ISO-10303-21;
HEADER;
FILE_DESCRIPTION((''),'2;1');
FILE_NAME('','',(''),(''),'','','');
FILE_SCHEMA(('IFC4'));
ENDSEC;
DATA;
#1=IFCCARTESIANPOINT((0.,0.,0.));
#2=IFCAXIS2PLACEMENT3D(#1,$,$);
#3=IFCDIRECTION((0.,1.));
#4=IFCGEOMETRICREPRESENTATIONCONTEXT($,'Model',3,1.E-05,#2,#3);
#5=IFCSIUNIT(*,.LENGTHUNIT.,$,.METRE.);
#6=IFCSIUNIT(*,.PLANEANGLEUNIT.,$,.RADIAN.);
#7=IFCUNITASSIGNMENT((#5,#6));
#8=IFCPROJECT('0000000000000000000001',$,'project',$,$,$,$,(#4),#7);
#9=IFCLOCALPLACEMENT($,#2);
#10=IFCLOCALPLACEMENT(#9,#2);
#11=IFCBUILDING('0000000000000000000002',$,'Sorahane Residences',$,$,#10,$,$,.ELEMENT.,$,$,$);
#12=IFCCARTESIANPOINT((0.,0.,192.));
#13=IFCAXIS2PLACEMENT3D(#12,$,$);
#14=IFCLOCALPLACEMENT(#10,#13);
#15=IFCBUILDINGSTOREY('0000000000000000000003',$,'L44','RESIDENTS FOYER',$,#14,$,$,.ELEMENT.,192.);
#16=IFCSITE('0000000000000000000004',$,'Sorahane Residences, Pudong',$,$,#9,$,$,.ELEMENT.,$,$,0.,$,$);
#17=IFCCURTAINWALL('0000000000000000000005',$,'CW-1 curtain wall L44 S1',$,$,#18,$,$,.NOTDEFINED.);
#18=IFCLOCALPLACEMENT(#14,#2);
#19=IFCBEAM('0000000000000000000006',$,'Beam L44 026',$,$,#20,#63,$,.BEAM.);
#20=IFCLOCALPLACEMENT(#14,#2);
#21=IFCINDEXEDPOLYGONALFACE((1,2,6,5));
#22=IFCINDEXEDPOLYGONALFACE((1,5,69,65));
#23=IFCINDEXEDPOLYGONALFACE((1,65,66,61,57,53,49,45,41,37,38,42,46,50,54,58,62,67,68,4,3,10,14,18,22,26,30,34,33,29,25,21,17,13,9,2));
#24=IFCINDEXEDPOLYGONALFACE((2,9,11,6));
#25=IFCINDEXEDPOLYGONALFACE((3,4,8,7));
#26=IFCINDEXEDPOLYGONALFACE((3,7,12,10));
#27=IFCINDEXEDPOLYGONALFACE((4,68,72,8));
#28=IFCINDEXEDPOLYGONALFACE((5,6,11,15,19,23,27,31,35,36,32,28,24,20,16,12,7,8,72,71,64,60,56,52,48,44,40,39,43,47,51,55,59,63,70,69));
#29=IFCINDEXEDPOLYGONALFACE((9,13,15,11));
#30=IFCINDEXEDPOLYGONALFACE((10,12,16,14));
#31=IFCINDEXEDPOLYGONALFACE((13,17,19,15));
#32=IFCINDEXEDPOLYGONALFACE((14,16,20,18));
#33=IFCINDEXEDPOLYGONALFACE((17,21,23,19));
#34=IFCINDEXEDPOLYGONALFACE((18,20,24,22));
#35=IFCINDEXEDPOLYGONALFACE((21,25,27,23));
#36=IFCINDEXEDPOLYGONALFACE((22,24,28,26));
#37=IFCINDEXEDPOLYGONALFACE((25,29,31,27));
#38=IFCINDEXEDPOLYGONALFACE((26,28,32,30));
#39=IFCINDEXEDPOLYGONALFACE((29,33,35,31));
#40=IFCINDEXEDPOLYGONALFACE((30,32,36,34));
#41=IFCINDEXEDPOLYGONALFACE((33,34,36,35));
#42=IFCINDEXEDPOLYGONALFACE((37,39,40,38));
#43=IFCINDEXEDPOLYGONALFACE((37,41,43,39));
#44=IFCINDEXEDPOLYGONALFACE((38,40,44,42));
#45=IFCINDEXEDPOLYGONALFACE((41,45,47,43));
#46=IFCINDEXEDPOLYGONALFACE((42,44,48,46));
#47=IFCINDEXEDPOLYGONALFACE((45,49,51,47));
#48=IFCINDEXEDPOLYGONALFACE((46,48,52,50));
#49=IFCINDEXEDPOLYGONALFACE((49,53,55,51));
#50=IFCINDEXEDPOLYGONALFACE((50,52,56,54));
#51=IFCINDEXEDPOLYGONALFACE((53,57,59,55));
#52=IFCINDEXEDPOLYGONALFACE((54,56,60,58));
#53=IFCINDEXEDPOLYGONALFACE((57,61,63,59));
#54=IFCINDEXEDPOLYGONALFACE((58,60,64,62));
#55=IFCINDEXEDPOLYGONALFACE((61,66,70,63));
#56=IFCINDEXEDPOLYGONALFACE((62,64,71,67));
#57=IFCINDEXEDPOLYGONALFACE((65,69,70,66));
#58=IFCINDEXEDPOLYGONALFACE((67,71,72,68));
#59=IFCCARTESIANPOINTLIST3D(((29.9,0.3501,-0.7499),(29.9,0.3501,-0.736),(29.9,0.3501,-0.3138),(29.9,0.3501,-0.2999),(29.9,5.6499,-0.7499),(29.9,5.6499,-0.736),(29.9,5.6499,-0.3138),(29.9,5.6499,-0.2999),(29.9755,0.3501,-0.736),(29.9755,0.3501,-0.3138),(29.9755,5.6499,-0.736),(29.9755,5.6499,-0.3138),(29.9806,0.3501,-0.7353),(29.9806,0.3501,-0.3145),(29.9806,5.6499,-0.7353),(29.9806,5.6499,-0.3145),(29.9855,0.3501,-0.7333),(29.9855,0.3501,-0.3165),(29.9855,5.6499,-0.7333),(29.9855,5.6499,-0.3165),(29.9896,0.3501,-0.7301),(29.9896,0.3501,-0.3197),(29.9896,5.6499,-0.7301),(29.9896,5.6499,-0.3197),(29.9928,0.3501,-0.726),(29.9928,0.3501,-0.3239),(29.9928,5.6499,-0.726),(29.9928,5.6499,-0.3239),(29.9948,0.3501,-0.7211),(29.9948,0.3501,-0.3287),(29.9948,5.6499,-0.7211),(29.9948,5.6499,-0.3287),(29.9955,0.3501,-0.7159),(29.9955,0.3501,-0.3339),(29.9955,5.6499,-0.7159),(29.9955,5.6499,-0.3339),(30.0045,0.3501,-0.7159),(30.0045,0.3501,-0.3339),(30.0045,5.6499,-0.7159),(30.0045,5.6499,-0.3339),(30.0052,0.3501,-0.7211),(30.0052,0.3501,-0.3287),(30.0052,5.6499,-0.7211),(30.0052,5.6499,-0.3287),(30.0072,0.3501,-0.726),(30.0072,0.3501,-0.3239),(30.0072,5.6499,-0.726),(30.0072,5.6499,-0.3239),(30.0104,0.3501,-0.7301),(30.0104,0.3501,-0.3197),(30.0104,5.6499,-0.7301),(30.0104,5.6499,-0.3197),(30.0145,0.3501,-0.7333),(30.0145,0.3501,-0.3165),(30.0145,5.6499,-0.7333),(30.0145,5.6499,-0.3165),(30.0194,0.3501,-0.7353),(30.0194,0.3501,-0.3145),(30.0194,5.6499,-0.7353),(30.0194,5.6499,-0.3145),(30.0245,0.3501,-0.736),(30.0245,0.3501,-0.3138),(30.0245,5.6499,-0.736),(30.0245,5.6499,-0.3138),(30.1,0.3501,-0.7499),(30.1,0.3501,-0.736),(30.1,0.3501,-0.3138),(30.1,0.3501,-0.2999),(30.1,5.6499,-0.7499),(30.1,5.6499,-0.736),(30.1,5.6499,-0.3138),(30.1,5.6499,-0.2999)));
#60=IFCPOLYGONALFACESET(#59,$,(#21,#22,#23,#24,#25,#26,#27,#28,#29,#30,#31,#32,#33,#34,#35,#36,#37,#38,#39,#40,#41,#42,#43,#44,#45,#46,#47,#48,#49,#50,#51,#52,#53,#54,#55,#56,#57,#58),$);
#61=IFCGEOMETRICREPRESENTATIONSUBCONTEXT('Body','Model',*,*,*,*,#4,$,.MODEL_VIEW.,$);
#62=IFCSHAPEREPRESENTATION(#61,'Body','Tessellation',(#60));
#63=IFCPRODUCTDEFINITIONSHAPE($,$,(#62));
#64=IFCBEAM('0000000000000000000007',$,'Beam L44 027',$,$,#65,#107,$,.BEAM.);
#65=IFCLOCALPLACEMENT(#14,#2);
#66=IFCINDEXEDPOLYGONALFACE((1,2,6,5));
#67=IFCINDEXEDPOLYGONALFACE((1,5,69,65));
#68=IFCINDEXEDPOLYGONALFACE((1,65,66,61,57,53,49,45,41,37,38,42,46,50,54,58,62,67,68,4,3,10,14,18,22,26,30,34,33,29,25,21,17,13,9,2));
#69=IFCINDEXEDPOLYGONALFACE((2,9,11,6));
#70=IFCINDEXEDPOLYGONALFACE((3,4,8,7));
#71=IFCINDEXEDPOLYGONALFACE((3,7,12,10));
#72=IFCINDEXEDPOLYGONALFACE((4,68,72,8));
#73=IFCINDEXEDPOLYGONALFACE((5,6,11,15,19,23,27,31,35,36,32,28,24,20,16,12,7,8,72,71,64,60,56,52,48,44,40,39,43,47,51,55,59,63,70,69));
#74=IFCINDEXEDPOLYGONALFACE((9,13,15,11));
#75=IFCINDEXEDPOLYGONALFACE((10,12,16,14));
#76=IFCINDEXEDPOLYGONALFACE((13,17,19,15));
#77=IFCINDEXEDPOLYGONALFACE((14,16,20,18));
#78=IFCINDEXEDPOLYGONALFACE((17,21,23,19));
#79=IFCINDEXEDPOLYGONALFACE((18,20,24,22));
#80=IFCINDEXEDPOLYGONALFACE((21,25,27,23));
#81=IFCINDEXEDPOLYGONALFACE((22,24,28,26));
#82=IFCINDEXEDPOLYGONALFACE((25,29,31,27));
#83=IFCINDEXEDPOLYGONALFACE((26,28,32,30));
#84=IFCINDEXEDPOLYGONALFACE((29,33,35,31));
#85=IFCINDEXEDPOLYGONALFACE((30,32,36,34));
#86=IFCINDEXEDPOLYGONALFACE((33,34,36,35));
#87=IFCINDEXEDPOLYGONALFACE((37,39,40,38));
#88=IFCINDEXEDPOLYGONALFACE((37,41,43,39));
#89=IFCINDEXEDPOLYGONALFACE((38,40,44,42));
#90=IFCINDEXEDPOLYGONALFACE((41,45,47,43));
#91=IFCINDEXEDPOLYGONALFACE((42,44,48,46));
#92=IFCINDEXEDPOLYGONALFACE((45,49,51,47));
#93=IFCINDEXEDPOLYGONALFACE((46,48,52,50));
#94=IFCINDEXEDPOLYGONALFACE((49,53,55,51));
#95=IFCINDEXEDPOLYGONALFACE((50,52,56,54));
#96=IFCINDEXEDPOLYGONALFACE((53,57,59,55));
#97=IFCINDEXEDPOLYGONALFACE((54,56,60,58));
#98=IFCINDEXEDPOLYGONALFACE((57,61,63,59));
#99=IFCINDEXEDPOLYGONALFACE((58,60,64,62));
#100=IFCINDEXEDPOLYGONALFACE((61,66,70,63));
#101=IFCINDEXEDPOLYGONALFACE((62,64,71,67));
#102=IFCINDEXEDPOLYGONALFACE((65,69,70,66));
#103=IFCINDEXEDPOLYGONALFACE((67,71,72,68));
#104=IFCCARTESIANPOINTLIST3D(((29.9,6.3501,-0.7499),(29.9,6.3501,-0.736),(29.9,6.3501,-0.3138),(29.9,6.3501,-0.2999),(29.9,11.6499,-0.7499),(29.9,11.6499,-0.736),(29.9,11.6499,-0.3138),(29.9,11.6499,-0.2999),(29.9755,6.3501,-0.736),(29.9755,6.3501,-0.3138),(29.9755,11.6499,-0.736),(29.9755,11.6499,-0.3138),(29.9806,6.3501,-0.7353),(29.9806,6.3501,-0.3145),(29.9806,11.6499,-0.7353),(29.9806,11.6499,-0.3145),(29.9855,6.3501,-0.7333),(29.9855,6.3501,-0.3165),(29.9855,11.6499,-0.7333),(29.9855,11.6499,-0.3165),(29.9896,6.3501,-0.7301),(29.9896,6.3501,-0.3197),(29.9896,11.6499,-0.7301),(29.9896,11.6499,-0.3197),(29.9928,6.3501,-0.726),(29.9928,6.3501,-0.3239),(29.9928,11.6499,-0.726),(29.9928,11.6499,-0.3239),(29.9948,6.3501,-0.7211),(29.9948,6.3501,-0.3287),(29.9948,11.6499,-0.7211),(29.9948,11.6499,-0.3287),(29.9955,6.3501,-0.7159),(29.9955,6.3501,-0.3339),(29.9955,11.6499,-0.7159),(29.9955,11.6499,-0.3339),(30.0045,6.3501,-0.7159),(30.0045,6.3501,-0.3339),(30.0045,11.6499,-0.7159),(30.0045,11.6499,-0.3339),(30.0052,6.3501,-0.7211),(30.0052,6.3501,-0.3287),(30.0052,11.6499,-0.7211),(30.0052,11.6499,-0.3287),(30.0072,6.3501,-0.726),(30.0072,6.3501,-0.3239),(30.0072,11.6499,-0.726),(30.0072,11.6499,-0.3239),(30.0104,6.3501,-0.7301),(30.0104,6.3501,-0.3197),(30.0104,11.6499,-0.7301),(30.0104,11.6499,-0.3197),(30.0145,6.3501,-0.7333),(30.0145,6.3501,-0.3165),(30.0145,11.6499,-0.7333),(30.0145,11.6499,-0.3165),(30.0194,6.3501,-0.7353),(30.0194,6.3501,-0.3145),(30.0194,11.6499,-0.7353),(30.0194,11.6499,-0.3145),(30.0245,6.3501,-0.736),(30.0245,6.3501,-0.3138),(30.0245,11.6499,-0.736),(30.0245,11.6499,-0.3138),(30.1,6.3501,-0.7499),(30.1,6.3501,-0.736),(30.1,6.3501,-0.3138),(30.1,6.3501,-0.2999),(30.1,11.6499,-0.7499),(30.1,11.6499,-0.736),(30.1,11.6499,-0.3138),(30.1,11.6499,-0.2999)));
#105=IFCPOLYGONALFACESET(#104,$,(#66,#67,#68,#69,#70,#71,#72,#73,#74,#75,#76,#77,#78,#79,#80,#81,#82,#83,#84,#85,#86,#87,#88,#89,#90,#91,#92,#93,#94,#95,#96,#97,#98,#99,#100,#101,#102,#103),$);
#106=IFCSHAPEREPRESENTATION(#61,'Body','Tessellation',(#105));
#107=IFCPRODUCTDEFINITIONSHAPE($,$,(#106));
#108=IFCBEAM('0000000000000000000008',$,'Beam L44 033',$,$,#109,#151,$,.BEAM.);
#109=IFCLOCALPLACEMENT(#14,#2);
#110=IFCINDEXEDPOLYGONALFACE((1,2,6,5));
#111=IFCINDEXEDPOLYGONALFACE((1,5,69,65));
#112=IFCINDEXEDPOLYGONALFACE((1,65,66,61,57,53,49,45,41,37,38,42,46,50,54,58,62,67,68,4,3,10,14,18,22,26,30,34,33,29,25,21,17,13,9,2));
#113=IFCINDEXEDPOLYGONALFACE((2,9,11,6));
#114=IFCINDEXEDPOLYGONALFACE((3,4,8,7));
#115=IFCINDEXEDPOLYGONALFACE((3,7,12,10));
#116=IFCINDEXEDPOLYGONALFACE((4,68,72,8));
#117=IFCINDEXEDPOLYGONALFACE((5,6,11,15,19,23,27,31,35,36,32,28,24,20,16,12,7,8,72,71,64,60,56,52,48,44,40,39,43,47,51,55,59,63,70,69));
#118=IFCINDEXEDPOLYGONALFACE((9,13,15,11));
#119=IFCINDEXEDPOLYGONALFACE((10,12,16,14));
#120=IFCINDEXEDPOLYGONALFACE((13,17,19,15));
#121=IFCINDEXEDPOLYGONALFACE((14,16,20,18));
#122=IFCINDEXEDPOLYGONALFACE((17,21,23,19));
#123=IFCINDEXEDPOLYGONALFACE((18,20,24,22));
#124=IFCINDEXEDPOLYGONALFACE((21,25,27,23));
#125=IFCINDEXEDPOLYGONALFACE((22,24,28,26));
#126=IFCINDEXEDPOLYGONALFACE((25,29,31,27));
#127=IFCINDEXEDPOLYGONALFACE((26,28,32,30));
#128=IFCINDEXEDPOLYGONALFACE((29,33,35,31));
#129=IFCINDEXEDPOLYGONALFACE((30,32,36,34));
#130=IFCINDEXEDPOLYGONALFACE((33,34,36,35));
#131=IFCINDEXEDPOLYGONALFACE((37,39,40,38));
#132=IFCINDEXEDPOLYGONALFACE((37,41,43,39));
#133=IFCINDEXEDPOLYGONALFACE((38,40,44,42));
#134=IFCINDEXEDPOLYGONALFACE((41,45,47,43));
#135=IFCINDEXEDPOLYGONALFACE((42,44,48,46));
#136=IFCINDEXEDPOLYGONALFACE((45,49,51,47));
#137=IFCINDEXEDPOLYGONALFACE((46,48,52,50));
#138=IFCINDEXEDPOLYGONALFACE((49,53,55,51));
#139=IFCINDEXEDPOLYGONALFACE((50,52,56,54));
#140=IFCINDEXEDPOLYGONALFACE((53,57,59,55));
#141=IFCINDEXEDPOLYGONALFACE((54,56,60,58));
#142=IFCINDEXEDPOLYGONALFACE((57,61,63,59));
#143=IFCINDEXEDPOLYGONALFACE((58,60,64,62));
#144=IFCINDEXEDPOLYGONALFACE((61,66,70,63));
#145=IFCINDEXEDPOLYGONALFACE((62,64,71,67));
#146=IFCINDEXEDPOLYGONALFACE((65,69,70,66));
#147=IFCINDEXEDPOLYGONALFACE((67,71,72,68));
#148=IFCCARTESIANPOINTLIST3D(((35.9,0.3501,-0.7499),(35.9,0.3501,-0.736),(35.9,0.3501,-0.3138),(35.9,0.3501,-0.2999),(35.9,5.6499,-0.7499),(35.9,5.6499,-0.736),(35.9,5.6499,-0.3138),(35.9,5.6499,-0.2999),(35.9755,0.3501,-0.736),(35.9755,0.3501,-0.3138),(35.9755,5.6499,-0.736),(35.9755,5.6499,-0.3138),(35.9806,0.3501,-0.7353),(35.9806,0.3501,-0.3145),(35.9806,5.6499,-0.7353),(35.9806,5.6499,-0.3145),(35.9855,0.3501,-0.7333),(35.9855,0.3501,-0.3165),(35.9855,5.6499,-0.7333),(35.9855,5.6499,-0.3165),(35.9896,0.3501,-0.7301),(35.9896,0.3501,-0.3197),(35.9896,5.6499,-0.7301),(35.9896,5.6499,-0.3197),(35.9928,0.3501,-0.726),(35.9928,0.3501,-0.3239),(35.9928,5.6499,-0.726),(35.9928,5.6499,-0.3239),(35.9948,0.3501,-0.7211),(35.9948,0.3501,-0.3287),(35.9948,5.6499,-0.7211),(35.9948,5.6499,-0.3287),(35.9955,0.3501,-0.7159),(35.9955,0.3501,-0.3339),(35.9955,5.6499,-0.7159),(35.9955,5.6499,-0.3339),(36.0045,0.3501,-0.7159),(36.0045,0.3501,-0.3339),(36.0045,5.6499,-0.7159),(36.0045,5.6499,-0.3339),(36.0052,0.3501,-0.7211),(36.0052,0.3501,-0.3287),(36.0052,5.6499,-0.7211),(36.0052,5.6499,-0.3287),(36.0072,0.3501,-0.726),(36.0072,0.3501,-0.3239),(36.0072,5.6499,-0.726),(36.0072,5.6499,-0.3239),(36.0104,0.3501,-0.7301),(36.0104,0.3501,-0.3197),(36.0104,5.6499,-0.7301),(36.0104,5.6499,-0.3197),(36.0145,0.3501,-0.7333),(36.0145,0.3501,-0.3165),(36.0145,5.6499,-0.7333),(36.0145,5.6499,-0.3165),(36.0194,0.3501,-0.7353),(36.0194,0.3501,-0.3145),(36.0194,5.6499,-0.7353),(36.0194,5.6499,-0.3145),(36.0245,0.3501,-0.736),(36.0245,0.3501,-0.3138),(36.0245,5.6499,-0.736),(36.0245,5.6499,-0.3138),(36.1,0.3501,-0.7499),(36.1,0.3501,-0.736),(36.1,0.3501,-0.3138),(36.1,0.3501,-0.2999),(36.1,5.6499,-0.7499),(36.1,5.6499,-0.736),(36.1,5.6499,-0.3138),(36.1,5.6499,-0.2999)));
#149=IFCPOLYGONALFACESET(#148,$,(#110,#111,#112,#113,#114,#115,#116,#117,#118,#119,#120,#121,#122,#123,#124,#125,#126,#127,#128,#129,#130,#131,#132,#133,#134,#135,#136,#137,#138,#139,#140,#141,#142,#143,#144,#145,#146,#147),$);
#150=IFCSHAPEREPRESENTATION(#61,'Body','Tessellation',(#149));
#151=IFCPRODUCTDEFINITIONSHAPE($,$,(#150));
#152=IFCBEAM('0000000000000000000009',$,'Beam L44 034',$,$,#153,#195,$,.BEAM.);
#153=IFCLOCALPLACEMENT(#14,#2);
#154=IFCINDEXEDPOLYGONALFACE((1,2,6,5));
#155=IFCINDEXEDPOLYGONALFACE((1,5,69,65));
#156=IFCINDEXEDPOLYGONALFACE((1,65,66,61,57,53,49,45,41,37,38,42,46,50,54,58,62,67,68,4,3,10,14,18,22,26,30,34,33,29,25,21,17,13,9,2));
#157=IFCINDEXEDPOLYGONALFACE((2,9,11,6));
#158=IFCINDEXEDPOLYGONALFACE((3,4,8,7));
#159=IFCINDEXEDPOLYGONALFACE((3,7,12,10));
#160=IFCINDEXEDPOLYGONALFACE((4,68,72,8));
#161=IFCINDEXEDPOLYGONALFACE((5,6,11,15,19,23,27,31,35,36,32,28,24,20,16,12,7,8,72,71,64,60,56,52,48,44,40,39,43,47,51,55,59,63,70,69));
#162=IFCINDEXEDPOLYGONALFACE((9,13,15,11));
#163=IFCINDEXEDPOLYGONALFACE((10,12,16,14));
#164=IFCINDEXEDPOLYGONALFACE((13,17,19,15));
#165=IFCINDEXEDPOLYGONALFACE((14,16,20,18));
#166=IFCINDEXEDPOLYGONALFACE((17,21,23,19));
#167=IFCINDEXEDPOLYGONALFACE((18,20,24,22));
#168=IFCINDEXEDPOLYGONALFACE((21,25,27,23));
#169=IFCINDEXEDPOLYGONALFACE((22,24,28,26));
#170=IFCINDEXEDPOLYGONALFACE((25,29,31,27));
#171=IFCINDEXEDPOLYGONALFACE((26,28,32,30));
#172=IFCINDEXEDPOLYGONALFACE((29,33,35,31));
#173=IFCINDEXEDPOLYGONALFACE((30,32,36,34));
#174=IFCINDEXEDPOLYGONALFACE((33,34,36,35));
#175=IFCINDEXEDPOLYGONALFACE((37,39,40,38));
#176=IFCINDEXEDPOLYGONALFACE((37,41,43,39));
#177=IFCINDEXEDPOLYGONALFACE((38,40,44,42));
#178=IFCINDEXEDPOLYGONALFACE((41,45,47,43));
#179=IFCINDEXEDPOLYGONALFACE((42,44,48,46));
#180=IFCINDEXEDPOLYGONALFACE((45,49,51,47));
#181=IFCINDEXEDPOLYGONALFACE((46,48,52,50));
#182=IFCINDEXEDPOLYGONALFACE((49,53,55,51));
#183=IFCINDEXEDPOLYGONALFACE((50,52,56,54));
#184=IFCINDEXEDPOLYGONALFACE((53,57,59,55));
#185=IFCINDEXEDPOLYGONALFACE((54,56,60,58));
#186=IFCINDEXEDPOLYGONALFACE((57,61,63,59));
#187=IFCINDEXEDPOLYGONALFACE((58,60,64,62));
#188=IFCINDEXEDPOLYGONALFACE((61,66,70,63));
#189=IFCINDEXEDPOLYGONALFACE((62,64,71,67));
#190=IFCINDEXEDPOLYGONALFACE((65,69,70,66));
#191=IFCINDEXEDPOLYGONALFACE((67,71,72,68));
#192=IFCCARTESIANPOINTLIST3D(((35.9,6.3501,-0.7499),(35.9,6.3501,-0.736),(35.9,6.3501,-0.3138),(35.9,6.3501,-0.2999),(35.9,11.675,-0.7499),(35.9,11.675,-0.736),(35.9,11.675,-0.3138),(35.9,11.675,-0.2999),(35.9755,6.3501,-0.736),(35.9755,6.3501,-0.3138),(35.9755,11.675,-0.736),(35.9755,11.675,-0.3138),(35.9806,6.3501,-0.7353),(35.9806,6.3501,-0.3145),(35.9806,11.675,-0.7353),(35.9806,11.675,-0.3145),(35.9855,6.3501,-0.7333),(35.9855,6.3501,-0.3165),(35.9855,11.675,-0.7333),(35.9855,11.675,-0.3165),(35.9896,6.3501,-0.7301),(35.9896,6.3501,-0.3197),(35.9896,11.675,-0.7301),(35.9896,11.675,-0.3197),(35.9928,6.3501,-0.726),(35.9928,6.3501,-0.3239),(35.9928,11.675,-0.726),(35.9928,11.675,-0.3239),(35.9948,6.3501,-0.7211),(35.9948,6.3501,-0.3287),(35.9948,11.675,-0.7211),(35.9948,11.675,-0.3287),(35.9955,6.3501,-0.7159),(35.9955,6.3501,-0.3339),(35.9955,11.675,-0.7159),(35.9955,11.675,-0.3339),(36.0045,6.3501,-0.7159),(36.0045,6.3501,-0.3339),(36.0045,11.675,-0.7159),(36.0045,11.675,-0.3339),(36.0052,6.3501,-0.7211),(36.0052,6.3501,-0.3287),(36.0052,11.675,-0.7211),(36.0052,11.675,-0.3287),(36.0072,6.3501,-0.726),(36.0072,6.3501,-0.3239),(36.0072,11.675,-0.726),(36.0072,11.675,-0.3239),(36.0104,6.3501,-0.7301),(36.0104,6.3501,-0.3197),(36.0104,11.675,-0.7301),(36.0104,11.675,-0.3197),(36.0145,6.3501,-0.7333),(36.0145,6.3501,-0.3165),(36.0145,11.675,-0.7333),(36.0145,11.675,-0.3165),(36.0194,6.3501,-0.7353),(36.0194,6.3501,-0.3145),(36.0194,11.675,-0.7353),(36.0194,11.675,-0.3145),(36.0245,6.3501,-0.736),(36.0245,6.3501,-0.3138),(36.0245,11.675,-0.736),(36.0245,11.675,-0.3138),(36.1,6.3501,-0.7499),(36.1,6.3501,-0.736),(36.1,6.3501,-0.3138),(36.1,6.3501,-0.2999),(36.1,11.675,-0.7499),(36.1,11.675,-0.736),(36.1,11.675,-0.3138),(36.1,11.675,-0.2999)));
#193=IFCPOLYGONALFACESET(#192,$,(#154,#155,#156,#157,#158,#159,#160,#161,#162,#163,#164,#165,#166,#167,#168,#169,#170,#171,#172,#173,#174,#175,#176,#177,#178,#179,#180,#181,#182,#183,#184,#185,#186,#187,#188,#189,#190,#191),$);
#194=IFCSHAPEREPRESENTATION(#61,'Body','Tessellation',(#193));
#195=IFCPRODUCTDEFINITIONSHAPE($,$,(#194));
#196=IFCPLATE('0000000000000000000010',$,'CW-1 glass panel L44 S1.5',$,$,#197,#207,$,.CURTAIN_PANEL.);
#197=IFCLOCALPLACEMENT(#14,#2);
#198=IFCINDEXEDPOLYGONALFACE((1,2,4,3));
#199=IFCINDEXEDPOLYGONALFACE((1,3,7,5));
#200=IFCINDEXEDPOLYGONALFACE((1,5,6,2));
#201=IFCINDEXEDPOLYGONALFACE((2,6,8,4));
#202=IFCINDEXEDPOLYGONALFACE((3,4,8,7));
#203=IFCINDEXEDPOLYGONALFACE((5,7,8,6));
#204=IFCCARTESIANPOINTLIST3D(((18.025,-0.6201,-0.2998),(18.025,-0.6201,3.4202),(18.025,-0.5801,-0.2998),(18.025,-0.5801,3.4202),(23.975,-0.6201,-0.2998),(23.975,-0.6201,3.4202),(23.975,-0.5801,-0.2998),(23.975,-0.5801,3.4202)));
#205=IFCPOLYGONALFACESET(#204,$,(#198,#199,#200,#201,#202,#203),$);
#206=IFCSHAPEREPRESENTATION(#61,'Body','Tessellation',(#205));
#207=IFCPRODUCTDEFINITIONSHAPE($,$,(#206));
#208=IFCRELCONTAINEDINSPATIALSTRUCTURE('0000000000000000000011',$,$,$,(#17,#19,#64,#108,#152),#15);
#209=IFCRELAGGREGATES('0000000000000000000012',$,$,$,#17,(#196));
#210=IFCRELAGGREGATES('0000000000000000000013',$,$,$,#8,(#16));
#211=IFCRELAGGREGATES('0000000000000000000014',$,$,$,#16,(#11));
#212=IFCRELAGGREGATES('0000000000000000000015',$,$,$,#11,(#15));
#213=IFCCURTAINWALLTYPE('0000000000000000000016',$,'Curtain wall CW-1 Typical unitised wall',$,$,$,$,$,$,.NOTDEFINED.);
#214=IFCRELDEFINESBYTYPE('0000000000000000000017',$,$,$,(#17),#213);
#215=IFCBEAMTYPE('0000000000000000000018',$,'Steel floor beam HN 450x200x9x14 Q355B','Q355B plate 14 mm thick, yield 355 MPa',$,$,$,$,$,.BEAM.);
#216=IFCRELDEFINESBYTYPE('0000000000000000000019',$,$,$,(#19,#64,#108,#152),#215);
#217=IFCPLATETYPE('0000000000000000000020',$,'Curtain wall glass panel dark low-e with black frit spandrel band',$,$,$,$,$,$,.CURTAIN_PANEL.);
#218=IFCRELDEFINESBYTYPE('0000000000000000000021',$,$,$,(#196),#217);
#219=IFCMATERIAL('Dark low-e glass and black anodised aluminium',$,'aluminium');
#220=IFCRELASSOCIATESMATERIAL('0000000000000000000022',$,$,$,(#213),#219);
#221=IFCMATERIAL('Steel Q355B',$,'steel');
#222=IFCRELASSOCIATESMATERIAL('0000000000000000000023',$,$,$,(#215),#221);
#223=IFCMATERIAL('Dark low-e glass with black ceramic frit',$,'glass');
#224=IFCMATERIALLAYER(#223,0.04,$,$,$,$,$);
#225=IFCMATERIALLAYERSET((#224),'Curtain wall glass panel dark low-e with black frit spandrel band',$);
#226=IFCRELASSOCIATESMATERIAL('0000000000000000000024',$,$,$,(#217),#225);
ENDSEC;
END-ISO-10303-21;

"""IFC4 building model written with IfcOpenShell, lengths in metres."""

from ifc_helpers import new_model, si_unit, direction, frame, origin, origin_2d, place, context, subcontext, project, spatial, rectangle, i_section, extrude, material, layer, layer_set, material_profile, profile_set, type_object, element, aggregate, save


model = new_model("IFC4")

# Units and contexts
model_context = context("Model", 3, precision=1e-05, world=origin(), true_north=direction((0.0, 1.0)))
body_context = subcontext(model_context, "Body", "Model", "MODEL_VIEW")
ifc_project = project(units=[si_unit("LENGTHUNIT", "METRE"), si_unit("PLANEANGLEUNIT", "RADIAN")], contexts=[model_context])

# Site, building, storey
site_placement = place(None, origin())
site = spatial("IfcSite", under=ifc_project, at=site_placement, Name="Sorahane Residences, Pudong", CompositionType="ELEMENT", RefElevation=0.0)
building_placement = place(site_placement, origin())
building = spatial("IfcBuilding", under=site, at=building_placement, Name="Sorahane Residences", CompositionType="ELEMENT")
storey_placement = place(building_placement, frame((0.0, 0.0, 192.0)))
storey = spatial("IfcBuildingStorey", under=building, at=storey_placement, Name="L44", Description="RESIDENTS FOYER", CompositionType="ELEMENT", Elevation=192.0)

# Curtain wall
ifc_material_1 = material(Name="Dark low-e glass and black anodised aluminium", Category="aluminium")
curtain_wall_type = type_object("IfcCurtainWallType", Name="Curtain wall CW-1 Typical unitised wall", PredefinedType="NOTDEFINED", material=ifc_material_1)
curtain_wall_placement = place(storey_placement, origin())
curtain_wall = element("IfcCurtainWall", 1, at=curtain_wall_placement, inside=storey, type_object=curtain_wall_type, Name="CW-1 curtain wall L44 S1", PredefinedType="NOTDEFINED")

# Beams
ifc_material_2 = material(Name="Steel Q355B", Category="steel")
ifc_material_profile_1 = material_profile(ifc_material_2, i_section(OverallWidth=0.2, OverallDepth=0.45, WebThickness=0.009, FlangeThickness=0.0139, FilletRadius=0.02, at=origin_2d()), Name="HN 450x200x9x14")
ifc_profile_set_1 = profile_set([ifc_material_profile_1], Name="Steel Q355B")
beam_type = type_object("IfcBeamType", Name="Steel floor beam HN 450x200x9x14 Q355B", Description="Q355B plate 14 mm thick, yield 355 MPa", PredefinedType="BEAM", material=ifc_profile_set_1)
for number, where, z_axis, x_axis, name in (
    (2, (30.0, 0.3501, -0.5249), (0.0, 1.0, 0.0), (-1.0, 0.0, 0.0), "Beam L44 026"),
    (3, (30.0, 6.3501, -0.5249), (0.0, 1.0, 0.0), (-1.0, 0.0, 0.0), "Beam L44 027"),
    (4, (36.0, 0.3501, -0.5249), (0.0, 1.0, 0.0), (-1.0, 0.0, 0.0), "Beam L44 033"),
):
    element("IfcBeam", number, at=place(storey_placement, frame(where, z_axis=z_axis, x_axis=x_axis)), inside=storey, type_object=beam_type, Name=name, PredefinedType="BEAM", context=body_context, shape_type="SweptSolid", body=[
        extrude(i_section(OverallWidth=0.2, OverallDepth=0.45, WebThickness=0.009, FlangeThickness=0.0139, FilletRadius=0.02, at=origin_2d()), origin(), (0.0, 0.0, 1.0), 5.2998),
    ])
beam_1_placement = place(storey_placement, frame((36.0, 6.3501, -0.5249), z_axis=(0.0, 1.0, 0.0), x_axis=(-1.0, 0.0, 0.0)))
element("IfcBeam", 5, at=beam_1_placement, inside=storey, type_object=beam_type, Name="Beam L44 034", PredefinedType="BEAM", context=body_context, shape_type="SweptSolid", body=[
    extrude(i_section(OverallWidth=0.2, OverallDepth=0.45, WebThickness=0.009, FlangeThickness=0.0139, FilletRadius=0.02, at=origin_2d()), origin(), (0.0, 0.0, 1.0), 5.325),
])

# Plate
ifc_material_3 = material(Name="Dark low-e glass with black ceramic frit", Category="glass")
ifc_layer_1 = layer(ifc_material_3, 0.04)
ifc_layer_set_1 = layer_set([ifc_layer_1], Name="Curtain wall glass panel dark low-e with black frit spandrel band")
plate_type = type_object("IfcPlateType", Name="Curtain wall glass panel dark low-e with black frit spandrel band", PredefinedType="CURTAIN_PANEL", material=ifc_layer_set_1)
plate_1_placement = place(storey_placement, frame((21.0, -0.6001, -0.2998), z_axis=(0.0, 0.0, 1.0), x_axis=(1.0, 0.0, 0.0)))
plate_1 = element("IfcPlate", 6, at=plate_1_placement, type_object=plate_type, Name="CW-1 glass panel L44 S1.5", PredefinedType="CURTAIN_PANEL", context=body_context, shape_type="SweptSolid", body=[
    extrude(rectangle(XDim=5.95, YDim=0.04, at=origin_2d()), origin(), (0.0, 0.0, 1.0), 3.72),
])
aggregate(curtain_wall, [plate_1])

save(model, "model.ifc")
